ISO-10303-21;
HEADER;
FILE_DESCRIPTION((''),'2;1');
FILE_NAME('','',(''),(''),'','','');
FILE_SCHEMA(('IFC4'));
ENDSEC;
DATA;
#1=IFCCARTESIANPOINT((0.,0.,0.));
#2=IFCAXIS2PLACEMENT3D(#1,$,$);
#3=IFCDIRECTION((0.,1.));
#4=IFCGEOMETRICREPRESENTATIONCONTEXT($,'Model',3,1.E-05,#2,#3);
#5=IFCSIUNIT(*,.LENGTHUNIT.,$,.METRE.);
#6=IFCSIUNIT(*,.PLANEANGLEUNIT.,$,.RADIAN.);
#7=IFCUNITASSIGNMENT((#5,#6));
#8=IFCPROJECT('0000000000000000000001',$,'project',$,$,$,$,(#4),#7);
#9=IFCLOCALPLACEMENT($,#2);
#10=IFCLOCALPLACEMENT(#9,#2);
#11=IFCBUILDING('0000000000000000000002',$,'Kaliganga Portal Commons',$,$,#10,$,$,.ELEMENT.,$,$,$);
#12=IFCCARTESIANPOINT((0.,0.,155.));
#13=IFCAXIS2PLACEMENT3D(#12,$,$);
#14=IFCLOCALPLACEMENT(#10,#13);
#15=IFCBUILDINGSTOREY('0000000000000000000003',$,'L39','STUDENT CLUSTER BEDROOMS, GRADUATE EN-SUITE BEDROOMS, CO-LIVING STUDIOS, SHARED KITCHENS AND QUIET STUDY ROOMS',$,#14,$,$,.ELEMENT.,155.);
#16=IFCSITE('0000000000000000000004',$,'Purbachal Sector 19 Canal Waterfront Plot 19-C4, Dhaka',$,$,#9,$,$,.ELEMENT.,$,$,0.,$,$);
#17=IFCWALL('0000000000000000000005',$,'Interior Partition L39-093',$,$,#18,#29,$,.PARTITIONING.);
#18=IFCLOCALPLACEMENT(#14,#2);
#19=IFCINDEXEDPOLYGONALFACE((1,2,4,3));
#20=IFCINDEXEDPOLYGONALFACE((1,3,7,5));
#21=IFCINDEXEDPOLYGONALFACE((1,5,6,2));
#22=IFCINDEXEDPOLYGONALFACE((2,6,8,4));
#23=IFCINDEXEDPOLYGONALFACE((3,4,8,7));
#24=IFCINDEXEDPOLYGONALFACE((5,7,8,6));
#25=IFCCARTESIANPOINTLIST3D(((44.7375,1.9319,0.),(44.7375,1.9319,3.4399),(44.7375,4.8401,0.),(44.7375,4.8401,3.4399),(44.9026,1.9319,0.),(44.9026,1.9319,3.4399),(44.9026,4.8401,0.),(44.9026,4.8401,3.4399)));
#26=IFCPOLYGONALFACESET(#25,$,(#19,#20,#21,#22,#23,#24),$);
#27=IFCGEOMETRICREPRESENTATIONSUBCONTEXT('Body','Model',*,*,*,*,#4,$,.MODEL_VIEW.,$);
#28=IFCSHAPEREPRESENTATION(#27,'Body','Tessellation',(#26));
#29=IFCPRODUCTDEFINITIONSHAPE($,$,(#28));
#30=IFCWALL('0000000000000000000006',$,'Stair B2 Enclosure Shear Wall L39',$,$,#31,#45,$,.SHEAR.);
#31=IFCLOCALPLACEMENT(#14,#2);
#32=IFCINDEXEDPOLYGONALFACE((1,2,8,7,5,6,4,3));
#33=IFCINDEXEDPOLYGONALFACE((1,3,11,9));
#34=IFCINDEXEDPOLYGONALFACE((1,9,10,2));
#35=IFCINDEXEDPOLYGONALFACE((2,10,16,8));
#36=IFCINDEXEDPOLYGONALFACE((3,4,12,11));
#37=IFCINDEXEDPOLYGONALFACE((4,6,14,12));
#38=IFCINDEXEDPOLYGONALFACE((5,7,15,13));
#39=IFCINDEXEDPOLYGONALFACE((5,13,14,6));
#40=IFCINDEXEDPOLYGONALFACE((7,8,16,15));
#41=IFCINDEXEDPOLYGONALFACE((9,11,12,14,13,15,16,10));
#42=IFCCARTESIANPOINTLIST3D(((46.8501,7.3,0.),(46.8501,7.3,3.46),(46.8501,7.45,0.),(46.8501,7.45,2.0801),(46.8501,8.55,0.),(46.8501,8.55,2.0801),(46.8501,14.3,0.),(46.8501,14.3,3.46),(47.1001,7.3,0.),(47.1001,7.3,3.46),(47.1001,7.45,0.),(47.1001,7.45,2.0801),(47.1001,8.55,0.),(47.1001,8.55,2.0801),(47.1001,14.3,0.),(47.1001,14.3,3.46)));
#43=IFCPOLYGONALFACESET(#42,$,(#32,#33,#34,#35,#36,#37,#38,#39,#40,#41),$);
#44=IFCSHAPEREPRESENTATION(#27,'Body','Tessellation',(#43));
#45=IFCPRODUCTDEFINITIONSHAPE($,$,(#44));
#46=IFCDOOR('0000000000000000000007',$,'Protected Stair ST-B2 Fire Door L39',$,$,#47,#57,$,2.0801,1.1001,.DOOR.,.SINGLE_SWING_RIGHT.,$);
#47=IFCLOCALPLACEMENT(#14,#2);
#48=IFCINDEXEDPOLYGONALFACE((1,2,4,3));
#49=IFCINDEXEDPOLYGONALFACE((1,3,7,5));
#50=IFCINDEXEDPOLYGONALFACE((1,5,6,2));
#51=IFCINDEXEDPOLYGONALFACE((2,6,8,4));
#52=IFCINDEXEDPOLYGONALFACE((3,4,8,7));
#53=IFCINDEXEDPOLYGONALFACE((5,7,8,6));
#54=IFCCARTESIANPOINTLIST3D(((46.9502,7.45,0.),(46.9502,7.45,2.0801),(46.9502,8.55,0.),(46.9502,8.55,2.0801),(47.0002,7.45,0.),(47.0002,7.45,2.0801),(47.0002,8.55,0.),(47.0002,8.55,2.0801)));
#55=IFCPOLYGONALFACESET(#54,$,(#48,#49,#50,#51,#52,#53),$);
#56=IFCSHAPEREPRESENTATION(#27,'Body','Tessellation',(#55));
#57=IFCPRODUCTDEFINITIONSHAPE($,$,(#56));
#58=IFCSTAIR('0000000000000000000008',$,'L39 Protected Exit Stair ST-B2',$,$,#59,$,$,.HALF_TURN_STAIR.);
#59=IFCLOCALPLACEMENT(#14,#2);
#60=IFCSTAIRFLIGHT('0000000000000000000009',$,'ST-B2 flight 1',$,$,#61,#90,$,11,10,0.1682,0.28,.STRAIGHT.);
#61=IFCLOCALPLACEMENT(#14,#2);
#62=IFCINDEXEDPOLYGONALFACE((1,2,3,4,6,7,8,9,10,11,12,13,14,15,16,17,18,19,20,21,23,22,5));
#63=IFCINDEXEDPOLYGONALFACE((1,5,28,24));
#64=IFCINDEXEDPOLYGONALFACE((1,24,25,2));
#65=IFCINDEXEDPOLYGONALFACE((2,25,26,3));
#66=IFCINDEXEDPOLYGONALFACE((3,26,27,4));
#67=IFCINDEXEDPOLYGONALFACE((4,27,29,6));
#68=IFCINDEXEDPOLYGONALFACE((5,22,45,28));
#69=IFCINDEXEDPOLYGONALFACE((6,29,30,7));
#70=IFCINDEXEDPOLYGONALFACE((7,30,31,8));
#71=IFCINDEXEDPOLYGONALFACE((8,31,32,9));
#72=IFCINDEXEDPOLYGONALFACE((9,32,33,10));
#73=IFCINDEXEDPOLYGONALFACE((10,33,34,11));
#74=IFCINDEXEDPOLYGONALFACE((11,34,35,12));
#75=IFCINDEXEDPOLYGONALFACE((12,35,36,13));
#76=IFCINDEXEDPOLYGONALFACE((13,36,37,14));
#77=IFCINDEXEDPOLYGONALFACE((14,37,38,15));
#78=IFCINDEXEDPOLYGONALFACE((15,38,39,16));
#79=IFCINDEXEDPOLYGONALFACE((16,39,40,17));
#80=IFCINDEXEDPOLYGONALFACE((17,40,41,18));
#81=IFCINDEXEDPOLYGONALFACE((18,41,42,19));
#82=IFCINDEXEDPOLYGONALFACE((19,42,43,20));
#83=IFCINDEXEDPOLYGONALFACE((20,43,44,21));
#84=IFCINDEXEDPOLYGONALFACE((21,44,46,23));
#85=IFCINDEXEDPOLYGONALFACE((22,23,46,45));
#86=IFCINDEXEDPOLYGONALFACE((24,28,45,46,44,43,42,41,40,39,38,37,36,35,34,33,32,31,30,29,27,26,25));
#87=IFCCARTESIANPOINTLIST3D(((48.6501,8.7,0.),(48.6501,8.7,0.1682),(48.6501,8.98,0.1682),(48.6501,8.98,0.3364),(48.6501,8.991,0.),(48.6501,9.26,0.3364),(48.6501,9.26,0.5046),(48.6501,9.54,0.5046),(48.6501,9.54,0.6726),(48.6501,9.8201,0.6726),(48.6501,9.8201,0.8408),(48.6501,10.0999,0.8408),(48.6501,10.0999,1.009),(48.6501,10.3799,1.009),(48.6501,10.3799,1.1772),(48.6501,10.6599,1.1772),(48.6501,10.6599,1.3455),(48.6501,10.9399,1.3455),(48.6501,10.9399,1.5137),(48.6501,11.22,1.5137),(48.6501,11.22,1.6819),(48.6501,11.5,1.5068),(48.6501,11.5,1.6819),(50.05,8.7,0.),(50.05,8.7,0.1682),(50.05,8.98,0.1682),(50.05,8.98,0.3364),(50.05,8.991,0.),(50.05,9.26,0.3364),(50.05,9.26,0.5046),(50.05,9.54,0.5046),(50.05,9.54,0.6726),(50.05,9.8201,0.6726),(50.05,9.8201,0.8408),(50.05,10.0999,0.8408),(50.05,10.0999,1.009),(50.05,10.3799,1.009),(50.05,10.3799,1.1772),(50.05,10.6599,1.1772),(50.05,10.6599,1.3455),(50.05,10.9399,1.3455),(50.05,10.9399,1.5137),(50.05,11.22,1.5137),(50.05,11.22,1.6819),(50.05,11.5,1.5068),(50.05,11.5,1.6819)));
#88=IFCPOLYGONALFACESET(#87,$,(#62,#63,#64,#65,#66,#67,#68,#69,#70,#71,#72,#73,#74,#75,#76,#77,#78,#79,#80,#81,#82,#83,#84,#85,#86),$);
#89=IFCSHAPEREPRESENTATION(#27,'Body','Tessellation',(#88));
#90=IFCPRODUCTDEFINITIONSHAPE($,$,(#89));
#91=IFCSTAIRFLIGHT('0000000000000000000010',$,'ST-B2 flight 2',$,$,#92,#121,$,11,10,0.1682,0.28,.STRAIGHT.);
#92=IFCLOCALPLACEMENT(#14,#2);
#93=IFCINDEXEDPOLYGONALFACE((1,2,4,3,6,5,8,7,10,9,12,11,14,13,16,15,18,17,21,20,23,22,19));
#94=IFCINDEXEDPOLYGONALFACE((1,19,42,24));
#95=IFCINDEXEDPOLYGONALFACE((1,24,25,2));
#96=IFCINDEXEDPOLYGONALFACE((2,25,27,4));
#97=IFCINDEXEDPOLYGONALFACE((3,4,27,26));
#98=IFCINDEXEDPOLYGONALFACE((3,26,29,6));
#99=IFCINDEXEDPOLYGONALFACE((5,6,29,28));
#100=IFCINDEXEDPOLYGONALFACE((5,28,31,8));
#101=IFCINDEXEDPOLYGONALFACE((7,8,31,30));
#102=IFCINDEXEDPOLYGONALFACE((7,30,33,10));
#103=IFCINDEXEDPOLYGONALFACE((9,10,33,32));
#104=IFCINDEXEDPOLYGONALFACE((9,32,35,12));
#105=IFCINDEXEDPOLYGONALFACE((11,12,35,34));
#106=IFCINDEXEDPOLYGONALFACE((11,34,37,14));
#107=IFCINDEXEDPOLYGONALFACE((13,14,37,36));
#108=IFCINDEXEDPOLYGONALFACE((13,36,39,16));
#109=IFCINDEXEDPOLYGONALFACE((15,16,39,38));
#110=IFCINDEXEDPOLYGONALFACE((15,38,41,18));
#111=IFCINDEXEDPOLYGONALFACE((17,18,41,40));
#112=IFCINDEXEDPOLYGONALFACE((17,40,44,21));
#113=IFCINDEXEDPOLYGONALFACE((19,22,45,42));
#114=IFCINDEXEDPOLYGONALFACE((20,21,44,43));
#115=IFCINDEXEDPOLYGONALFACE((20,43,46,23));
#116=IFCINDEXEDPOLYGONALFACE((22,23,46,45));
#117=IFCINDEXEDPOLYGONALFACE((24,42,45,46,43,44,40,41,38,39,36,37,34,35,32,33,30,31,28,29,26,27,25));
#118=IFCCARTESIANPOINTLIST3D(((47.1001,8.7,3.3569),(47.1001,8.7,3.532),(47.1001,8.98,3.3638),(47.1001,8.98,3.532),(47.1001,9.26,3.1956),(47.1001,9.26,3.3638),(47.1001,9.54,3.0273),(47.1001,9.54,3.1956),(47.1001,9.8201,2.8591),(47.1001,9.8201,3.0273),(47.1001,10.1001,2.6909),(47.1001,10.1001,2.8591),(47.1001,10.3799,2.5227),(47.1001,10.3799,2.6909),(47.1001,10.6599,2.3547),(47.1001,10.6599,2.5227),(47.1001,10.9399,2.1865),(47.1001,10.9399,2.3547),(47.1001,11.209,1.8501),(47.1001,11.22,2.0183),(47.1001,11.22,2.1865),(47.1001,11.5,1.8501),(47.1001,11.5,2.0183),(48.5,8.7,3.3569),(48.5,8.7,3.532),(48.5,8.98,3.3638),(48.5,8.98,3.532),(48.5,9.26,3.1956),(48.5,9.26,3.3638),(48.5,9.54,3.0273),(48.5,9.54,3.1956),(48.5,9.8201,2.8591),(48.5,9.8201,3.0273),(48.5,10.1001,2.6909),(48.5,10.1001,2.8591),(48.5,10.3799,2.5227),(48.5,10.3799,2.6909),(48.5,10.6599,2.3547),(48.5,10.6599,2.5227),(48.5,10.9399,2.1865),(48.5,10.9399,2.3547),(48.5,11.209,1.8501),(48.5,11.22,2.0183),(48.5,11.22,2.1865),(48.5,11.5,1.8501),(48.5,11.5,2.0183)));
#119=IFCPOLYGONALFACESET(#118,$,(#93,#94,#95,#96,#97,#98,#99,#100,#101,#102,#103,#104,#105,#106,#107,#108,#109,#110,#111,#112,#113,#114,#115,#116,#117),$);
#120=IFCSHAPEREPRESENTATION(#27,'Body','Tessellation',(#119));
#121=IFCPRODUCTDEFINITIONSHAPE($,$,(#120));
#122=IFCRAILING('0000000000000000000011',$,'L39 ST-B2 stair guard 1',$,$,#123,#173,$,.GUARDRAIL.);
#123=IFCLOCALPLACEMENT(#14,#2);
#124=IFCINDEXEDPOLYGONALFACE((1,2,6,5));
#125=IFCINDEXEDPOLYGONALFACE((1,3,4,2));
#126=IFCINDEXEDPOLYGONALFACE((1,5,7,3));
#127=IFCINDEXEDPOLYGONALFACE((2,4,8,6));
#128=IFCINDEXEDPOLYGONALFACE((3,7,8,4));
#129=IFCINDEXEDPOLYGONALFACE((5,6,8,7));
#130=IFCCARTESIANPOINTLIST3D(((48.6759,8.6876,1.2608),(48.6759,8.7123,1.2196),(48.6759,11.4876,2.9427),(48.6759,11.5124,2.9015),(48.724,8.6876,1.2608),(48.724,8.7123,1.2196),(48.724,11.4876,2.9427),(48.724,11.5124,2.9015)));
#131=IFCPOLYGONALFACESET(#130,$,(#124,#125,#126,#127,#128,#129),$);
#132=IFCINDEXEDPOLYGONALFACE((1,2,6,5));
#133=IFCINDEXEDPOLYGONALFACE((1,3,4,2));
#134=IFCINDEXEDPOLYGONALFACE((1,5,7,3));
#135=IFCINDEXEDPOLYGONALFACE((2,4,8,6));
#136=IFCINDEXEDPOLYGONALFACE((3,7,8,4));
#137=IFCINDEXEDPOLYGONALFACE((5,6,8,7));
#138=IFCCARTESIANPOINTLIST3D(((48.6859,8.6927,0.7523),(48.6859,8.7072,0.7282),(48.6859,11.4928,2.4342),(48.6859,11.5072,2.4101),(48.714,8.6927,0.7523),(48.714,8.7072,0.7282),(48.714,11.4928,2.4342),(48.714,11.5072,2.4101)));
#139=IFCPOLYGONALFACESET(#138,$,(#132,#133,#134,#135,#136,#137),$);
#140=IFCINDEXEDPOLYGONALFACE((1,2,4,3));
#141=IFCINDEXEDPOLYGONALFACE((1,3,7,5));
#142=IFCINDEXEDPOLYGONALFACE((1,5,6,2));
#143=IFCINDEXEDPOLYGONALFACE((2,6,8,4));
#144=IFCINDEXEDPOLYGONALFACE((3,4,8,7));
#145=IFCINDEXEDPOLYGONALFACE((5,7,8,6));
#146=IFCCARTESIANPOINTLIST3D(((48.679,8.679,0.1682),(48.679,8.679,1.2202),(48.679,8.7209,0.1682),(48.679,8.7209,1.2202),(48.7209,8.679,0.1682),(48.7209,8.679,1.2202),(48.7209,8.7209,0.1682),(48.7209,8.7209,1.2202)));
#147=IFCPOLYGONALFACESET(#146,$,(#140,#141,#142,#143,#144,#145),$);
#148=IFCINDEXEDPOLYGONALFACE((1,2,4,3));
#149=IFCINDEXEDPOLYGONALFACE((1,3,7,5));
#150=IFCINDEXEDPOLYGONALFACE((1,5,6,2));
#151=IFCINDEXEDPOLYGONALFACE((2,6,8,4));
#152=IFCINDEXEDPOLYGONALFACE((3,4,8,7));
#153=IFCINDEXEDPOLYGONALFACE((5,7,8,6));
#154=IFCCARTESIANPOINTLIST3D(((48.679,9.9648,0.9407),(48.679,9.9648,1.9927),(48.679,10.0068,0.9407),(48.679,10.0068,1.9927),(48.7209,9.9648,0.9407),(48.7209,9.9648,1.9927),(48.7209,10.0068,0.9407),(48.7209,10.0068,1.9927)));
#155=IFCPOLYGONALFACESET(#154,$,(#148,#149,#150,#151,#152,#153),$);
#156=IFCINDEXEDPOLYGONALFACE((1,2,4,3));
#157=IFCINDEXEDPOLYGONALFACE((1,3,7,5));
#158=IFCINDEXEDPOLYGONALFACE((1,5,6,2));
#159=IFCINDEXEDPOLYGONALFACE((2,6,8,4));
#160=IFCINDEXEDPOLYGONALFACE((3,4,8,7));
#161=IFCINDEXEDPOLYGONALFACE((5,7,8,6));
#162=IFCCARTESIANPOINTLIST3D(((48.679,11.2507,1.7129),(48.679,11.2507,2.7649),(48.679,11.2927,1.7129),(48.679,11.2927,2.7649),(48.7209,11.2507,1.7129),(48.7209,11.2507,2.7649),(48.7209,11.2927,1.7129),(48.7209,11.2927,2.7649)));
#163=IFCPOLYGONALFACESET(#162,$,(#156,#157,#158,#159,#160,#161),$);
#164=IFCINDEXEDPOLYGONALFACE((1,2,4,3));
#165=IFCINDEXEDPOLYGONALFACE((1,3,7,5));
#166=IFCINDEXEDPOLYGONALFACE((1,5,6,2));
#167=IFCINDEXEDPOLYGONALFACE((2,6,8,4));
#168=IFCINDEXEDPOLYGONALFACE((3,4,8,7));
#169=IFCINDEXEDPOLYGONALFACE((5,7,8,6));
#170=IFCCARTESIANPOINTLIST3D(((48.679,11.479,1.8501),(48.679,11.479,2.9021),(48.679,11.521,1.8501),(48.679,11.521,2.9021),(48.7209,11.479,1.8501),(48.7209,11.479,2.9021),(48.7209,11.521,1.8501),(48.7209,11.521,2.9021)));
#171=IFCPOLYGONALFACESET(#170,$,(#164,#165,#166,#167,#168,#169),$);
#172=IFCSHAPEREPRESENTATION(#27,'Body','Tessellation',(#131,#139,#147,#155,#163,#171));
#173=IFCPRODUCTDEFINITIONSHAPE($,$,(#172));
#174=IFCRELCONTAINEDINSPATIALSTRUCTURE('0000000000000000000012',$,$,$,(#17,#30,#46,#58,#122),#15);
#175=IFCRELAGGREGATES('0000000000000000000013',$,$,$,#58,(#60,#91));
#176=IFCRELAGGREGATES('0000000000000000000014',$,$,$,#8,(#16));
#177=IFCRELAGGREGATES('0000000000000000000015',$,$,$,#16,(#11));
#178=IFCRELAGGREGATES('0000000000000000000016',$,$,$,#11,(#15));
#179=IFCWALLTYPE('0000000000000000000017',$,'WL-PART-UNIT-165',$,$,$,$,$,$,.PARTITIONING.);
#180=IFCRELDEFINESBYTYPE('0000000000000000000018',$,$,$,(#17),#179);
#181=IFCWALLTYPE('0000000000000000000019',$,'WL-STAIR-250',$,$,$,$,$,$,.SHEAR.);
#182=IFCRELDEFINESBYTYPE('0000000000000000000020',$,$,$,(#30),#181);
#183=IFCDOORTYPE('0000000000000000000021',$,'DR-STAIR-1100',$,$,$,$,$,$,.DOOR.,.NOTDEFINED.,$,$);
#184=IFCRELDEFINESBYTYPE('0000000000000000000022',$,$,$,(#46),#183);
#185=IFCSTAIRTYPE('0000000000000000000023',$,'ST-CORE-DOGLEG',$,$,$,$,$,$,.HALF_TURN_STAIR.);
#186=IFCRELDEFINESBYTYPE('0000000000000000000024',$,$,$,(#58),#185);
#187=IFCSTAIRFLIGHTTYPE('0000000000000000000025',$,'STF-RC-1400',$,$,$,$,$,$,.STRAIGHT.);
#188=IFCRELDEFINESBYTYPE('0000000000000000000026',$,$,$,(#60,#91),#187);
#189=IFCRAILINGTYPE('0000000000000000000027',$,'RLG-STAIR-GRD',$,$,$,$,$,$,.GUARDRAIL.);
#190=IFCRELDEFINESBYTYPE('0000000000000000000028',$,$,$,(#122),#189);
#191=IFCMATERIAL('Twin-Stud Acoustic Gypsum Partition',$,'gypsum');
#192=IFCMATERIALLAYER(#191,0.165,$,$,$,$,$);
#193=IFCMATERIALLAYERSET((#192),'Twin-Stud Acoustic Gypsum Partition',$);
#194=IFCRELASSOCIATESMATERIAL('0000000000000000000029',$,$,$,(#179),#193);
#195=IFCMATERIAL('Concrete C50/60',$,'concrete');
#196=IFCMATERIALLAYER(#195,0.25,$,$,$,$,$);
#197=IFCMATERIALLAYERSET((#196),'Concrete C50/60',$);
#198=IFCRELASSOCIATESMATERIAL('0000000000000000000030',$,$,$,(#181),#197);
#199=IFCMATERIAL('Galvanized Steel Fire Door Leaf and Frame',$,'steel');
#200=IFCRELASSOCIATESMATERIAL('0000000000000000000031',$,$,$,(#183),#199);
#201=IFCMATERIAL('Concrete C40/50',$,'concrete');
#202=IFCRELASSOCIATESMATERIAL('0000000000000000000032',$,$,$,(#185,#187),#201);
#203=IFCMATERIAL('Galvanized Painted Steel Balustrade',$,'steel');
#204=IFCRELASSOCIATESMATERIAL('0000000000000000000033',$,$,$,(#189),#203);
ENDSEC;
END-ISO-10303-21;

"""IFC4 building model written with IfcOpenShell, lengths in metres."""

from ifc_helpers import new_model, si_unit, direction, frame, frame_2d, origin, origin_2d, place, context, subcontext, project, spatial, polyline, rectangle, outline, extrude, material, layer, layer_set, type_object, element, fill, aggregate, save


model = new_model("IFC4")

# Units and contexts
model_context = context("Model", 3, precision=1e-05, world=origin(), true_north=direction((0.0, 1.0)))
body_context = subcontext(model_context, "Body", "Model", "MODEL_VIEW")
ifc_project = project(units=[si_unit("LENGTHUNIT", "METRE"), si_unit("PLANEANGLEUNIT", "RADIAN")], contexts=[model_context])

# Site, building, storey
site_placement = place(None, origin())
site = spatial("IfcSite", under=ifc_project, at=site_placement, Name="Purbachal Sector 19 Canal Waterfront Plot 19-C4, Dhaka", CompositionType="ELEMENT", RefElevation=0.0)
building_placement = place(site_placement, origin())
building = spatial("IfcBuilding", under=site, at=building_placement, Name="Kaliganga Portal Commons", CompositionType="ELEMENT")
storey_placement = place(building_placement, frame((0.0, 0.0, 155.0)))
storey = spatial("IfcBuildingStorey", under=building, at=storey_placement, Name="L39", Description="STUDENT CLUSTER BEDROOMS, GRADUATE EN-SUITE BEDROOMS, CO-LIVING STUDIOS, SHARED KITCHENS AND QUIET STUDY ROOMS", CompositionType="ELEMENT", Elevation=155.0)

# Wall
ifc_material_1 = material(Name="Twin-Stud Acoustic Gypsum Partition", Category="gypsum")
ifc_layer_1 = layer(ifc_material_1, 0.165)
ifc_layer_set_1 = layer_set([ifc_layer_1], Name="Twin-Stud Acoustic Gypsum Partition")
wall_type_1 = type_object("IfcWallType", Name="WL-PART-UNIT-165", PredefinedType="PARTITIONING", material=ifc_layer_set_1)
wall_1_placement = place(storey_placement, frame((44.8201, 1.9319, 0.0), z_axis=(0.0, 0.0, 1.0), x_axis=(0.0, 1.0, 0.0)))
element("IfcWall", 1, at=wall_1_placement, inside=storey, type_object=wall_type_1, Name="Interior Partition L39-093", PredefinedType="PARTITIONING", context=body_context, shape_type="SweptSolid", body=[
    extrude(rectangle(XDim=2.9082, YDim=0.165, at=frame_2d((1.4541, 0.0))), origin(), (0.0, 0.0, 1.0), 3.4399),
])

# Wall, opening, door
ifc_material_2 = material(Name="Concrete C50/60", Category="concrete")
ifc_layer_2 = layer(ifc_material_2, 0.25)
ifc_layer_set_2 = layer_set([ifc_layer_2], Name="Concrete C50/60")
wall_type_2 = type_object("IfcWallType", Name="WL-STAIR-250", PredefinedType="SHEAR", material=ifc_layer_set_2)
wall_2_placement = place(storey_placement, frame((46.9751, 7.3, 0.0), z_axis=(0.0, 0.0, 1.0), x_axis=(0.0, 1.0, 0.0)))
wall_2 = element("IfcWall", 2, at=wall_2_placement, inside=storey, type_object=wall_type_2, Name="Stair B2 Enclosure Shear Wall L39", PredefinedType="SHEAR", context=body_context, shape_type="SweptSolid", body=[
    extrude(rectangle(XDim=7.0, YDim=0.25, at=frame_2d((3.5, 0.0))), origin(), (0.0, 0.0, 1.0), 3.46),
])
opening_1_placement = place(wall_2_placement, frame((0.1499, 0.0, 0.0)))
opening_1 = element("IfcOpeningElement", 3, at=opening_1_placement, cuts=wall_2, PredefinedType="OPENING", context=body_context, shape_type="SweptSolid", body=[
    extrude(rectangle(XDim=1.1001, YDim=2.0801, at=frame_2d((0.55, 1.04))), frame((0.0, 0.135, 0.0), z_axis=(0.0, -1.0, 0.0), x_axis=(1.0, 0.0, 0.0)), (0.0, 0.0, 1.0), 0.27),
])
ifc_material_3 = material(Name="Galvanized Steel Fire Door Leaf and Frame", Category="steel")
door_type_1 = type_object("IfcDoorType", Name="DR-STAIR-1100", OperationType="NOTDEFINED", PredefinedType="DOOR", material=ifc_material_3)
door_1_placement = place(opening_1_placement, origin())
door_1 = element("IfcDoor", 4, at=door_1_placement, inside=storey, type_object=door_type_1, Name="Protected Stair ST-B2 Fire Door L39", OperationType="SINGLE_SWING_RIGHT", OverallHeight=2.0801, OverallWidth=1.1001, PredefinedType="DOOR", context=body_context, shape_type="SweptSolid", body=[
    extrude(rectangle(XDim=1.1001, YDim=2.0801, at=frame_2d((0.55, 1.04))), frame((0.0, 0.0249, 0.0), z_axis=(0.0, -1.0, 0.0), x_axis=(1.0, 0.0, 0.0)), (0.0, 0.0, 1.0), 0.05),
])
fill(opening_1, door_1)

# Stair, stair flights
ifc_material_4 = material(Name="Concrete C40/50", Category="concrete")
stair_type = type_object("IfcStairType", Name="ST-CORE-DOGLEG", PredefinedType="HALF_TURN_STAIR", material=ifc_material_4)
stair_placement = place(storey_placement, origin())
stair = element("IfcStair", 5, at=stair_placement, inside=storey, type_object=stair_type, Name="L39 Protected Exit Stair ST-B2", PredefinedType="HALF_TURN_STAIR")
stair_flight_type = type_object("IfcStairFlightType", Name="STF-RC-1400", PredefinedType="STRAIGHT", material=ifc_material_4)
stair_flight_1_placement = place(storey_placement, frame((49.3501, 8.7, 0.0), z_axis=(0.0, 0.0, 1.0), x_axis=(0.0, 1.0, 0.0)))
stair_flight_1 = element("IfcStairFlight", 6, at=stair_flight_1_placement, type_object=stair_flight_type, Name="ST-B2 flight 1", NumberOfRisers=11, NumberOfTreads=10, PredefinedType="STRAIGHT", RiserHeight=0.1682, TreadLength=0.28, context=body_context, shape_type="SweptSolid", body=[
    extrude(outline(polyline([(0.0, 0.0), (0.0, 0.1682), (0.28, 0.1682), (0.28, 0.3364), (0.5601, 0.3364), (0.5601, 0.5046), (0.8401, 0.5046), (0.8401, 0.6726), (1.1201, 0.6726), (1.1201, 0.8408), (1.3999, 0.8408), (1.3999, 1.009), (1.6799, 1.009), (1.6799, 1.1772), (1.96, 1.1772), (1.96, 1.3455), (2.24, 1.3455), (2.24, 1.5137), (2.52, 1.5137), (2.52, 1.6819), (2.8, 1.6819), (2.8, 1.8501), (2.8, 1.5068), (0.291, 0.0), (0.0, 0.0)])), frame((0.0, 0.7, 0.0), z_axis=(0.0, -1.0, 0.0), x_axis=(1.0, 0.0, 0.0)), (0.0, 0.0, 1.0), 1.3999),
])
stair_flight_2_placement = place(storey_placement, frame((47.8, 11.5, 1.8501), z_axis=(0.0, 0.0, 1.0), x_axis=(0.0, -1.0, 0.0)))
stair_flight_2 = element("IfcStairFlight", 7, at=stair_flight_2_placement, type_object=stair_flight_type, Name="ST-B2 flight 2", NumberOfRisers=11, NumberOfTreads=10, PredefinedType="STRAIGHT", RiserHeight=0.1682, TreadLength=0.28, context=body_context, shape_type="SweptSolid", body=[
    extrude(outline(polyline([(0.0, 0.0), (0.0, 0.1682), (0.28, 0.1682), (0.28, 0.3364), (0.5601, 0.3364), (0.5601, 0.5046), (0.8401, 0.5046), (0.8401, 0.6726), (1.1201, 0.6726), (1.1201, 0.8408), (1.3999, 0.8408), (1.3999, 1.009), (1.6799, 1.009), (1.6799, 1.1772), (1.96, 1.1772), (1.96, 1.3455), (2.24, 1.3455), (2.24, 1.5137), (2.52, 1.5137), (2.52, 1.6819), (2.8, 1.6819), (2.8, 1.8501), (2.8, 1.5068), (0.291, 0.0), (0.0, 0.0)])), frame((0.0, 0.7, 0.0), z_axis=(0.0, -1.0, 0.0), x_axis=(1.0, 0.0, 0.0)), (0.0, 0.0, 1.0), 1.3999),
])
aggregate(stair, [stair_flight_1, stair_flight_2])

# Railing
ifc_material_5 = material(Name="Galvanized Painted Steel Balustrade", Category="steel")
railing_type_1 = type_object("IfcRailingType", Name="RLG-STAIR-GRD", PredefinedType="GUARDRAIL", material=ifc_material_5)
railing_1_placement = place(storey_placement, frame((48.7, 8.7, 0.1682)))
element("IfcRailing", 8, at=railing_1_placement, inside=storey, type_object=railing_type_1, Name="L39 ST-B2 stair guard 1", PredefinedType="GUARDRAIL", context=body_context, shape_type="SweptSolid", body=[
    extrude(rectangle(XDim=0.0481, YDim=0.0481, at=origin_2d()), frame((0.0, 0.0, 1.072), z_axis=(0.0, 0.857242, 0.514913), x_axis=(-1.0, 0.0, 0.0)), (0.0, 0.0, 1.0), 3.2664),
    extrude(rectangle(XDim=0.0281, YDim=0.0281, at=origin_2d()), frame((0.0, 0.0, 0.572), z_axis=(0.0, 0.857242, 0.514913), x_axis=(-1.0, 0.0, 0.0)), (0.0, 0.0, 1.0), 3.2664),
    extrude(rectangle(XDim=0.042, YDim=0.042, at=origin_2d()), origin(), (0.0, 0.0, 1.0), 1.052),
    extrude(rectangle(XDim=0.042, YDim=0.042, at=origin_2d()), frame((0.0, 1.2859, 0.7725)), (0.0, 0.0, 1.0), 1.052),
    extrude(rectangle(XDim=0.042, YDim=0.042, at=origin_2d()), frame((0.0, 2.5718, 1.5447)), (0.0, 0.0, 1.0), 1.052),
    extrude(rectangle(XDim=0.042, YDim=0.042, at=origin_2d()), frame((0.0, 2.8, 1.6819)), (0.0, 0.0, 1.0), 1.052),
])

save(model, "model.ifc")
